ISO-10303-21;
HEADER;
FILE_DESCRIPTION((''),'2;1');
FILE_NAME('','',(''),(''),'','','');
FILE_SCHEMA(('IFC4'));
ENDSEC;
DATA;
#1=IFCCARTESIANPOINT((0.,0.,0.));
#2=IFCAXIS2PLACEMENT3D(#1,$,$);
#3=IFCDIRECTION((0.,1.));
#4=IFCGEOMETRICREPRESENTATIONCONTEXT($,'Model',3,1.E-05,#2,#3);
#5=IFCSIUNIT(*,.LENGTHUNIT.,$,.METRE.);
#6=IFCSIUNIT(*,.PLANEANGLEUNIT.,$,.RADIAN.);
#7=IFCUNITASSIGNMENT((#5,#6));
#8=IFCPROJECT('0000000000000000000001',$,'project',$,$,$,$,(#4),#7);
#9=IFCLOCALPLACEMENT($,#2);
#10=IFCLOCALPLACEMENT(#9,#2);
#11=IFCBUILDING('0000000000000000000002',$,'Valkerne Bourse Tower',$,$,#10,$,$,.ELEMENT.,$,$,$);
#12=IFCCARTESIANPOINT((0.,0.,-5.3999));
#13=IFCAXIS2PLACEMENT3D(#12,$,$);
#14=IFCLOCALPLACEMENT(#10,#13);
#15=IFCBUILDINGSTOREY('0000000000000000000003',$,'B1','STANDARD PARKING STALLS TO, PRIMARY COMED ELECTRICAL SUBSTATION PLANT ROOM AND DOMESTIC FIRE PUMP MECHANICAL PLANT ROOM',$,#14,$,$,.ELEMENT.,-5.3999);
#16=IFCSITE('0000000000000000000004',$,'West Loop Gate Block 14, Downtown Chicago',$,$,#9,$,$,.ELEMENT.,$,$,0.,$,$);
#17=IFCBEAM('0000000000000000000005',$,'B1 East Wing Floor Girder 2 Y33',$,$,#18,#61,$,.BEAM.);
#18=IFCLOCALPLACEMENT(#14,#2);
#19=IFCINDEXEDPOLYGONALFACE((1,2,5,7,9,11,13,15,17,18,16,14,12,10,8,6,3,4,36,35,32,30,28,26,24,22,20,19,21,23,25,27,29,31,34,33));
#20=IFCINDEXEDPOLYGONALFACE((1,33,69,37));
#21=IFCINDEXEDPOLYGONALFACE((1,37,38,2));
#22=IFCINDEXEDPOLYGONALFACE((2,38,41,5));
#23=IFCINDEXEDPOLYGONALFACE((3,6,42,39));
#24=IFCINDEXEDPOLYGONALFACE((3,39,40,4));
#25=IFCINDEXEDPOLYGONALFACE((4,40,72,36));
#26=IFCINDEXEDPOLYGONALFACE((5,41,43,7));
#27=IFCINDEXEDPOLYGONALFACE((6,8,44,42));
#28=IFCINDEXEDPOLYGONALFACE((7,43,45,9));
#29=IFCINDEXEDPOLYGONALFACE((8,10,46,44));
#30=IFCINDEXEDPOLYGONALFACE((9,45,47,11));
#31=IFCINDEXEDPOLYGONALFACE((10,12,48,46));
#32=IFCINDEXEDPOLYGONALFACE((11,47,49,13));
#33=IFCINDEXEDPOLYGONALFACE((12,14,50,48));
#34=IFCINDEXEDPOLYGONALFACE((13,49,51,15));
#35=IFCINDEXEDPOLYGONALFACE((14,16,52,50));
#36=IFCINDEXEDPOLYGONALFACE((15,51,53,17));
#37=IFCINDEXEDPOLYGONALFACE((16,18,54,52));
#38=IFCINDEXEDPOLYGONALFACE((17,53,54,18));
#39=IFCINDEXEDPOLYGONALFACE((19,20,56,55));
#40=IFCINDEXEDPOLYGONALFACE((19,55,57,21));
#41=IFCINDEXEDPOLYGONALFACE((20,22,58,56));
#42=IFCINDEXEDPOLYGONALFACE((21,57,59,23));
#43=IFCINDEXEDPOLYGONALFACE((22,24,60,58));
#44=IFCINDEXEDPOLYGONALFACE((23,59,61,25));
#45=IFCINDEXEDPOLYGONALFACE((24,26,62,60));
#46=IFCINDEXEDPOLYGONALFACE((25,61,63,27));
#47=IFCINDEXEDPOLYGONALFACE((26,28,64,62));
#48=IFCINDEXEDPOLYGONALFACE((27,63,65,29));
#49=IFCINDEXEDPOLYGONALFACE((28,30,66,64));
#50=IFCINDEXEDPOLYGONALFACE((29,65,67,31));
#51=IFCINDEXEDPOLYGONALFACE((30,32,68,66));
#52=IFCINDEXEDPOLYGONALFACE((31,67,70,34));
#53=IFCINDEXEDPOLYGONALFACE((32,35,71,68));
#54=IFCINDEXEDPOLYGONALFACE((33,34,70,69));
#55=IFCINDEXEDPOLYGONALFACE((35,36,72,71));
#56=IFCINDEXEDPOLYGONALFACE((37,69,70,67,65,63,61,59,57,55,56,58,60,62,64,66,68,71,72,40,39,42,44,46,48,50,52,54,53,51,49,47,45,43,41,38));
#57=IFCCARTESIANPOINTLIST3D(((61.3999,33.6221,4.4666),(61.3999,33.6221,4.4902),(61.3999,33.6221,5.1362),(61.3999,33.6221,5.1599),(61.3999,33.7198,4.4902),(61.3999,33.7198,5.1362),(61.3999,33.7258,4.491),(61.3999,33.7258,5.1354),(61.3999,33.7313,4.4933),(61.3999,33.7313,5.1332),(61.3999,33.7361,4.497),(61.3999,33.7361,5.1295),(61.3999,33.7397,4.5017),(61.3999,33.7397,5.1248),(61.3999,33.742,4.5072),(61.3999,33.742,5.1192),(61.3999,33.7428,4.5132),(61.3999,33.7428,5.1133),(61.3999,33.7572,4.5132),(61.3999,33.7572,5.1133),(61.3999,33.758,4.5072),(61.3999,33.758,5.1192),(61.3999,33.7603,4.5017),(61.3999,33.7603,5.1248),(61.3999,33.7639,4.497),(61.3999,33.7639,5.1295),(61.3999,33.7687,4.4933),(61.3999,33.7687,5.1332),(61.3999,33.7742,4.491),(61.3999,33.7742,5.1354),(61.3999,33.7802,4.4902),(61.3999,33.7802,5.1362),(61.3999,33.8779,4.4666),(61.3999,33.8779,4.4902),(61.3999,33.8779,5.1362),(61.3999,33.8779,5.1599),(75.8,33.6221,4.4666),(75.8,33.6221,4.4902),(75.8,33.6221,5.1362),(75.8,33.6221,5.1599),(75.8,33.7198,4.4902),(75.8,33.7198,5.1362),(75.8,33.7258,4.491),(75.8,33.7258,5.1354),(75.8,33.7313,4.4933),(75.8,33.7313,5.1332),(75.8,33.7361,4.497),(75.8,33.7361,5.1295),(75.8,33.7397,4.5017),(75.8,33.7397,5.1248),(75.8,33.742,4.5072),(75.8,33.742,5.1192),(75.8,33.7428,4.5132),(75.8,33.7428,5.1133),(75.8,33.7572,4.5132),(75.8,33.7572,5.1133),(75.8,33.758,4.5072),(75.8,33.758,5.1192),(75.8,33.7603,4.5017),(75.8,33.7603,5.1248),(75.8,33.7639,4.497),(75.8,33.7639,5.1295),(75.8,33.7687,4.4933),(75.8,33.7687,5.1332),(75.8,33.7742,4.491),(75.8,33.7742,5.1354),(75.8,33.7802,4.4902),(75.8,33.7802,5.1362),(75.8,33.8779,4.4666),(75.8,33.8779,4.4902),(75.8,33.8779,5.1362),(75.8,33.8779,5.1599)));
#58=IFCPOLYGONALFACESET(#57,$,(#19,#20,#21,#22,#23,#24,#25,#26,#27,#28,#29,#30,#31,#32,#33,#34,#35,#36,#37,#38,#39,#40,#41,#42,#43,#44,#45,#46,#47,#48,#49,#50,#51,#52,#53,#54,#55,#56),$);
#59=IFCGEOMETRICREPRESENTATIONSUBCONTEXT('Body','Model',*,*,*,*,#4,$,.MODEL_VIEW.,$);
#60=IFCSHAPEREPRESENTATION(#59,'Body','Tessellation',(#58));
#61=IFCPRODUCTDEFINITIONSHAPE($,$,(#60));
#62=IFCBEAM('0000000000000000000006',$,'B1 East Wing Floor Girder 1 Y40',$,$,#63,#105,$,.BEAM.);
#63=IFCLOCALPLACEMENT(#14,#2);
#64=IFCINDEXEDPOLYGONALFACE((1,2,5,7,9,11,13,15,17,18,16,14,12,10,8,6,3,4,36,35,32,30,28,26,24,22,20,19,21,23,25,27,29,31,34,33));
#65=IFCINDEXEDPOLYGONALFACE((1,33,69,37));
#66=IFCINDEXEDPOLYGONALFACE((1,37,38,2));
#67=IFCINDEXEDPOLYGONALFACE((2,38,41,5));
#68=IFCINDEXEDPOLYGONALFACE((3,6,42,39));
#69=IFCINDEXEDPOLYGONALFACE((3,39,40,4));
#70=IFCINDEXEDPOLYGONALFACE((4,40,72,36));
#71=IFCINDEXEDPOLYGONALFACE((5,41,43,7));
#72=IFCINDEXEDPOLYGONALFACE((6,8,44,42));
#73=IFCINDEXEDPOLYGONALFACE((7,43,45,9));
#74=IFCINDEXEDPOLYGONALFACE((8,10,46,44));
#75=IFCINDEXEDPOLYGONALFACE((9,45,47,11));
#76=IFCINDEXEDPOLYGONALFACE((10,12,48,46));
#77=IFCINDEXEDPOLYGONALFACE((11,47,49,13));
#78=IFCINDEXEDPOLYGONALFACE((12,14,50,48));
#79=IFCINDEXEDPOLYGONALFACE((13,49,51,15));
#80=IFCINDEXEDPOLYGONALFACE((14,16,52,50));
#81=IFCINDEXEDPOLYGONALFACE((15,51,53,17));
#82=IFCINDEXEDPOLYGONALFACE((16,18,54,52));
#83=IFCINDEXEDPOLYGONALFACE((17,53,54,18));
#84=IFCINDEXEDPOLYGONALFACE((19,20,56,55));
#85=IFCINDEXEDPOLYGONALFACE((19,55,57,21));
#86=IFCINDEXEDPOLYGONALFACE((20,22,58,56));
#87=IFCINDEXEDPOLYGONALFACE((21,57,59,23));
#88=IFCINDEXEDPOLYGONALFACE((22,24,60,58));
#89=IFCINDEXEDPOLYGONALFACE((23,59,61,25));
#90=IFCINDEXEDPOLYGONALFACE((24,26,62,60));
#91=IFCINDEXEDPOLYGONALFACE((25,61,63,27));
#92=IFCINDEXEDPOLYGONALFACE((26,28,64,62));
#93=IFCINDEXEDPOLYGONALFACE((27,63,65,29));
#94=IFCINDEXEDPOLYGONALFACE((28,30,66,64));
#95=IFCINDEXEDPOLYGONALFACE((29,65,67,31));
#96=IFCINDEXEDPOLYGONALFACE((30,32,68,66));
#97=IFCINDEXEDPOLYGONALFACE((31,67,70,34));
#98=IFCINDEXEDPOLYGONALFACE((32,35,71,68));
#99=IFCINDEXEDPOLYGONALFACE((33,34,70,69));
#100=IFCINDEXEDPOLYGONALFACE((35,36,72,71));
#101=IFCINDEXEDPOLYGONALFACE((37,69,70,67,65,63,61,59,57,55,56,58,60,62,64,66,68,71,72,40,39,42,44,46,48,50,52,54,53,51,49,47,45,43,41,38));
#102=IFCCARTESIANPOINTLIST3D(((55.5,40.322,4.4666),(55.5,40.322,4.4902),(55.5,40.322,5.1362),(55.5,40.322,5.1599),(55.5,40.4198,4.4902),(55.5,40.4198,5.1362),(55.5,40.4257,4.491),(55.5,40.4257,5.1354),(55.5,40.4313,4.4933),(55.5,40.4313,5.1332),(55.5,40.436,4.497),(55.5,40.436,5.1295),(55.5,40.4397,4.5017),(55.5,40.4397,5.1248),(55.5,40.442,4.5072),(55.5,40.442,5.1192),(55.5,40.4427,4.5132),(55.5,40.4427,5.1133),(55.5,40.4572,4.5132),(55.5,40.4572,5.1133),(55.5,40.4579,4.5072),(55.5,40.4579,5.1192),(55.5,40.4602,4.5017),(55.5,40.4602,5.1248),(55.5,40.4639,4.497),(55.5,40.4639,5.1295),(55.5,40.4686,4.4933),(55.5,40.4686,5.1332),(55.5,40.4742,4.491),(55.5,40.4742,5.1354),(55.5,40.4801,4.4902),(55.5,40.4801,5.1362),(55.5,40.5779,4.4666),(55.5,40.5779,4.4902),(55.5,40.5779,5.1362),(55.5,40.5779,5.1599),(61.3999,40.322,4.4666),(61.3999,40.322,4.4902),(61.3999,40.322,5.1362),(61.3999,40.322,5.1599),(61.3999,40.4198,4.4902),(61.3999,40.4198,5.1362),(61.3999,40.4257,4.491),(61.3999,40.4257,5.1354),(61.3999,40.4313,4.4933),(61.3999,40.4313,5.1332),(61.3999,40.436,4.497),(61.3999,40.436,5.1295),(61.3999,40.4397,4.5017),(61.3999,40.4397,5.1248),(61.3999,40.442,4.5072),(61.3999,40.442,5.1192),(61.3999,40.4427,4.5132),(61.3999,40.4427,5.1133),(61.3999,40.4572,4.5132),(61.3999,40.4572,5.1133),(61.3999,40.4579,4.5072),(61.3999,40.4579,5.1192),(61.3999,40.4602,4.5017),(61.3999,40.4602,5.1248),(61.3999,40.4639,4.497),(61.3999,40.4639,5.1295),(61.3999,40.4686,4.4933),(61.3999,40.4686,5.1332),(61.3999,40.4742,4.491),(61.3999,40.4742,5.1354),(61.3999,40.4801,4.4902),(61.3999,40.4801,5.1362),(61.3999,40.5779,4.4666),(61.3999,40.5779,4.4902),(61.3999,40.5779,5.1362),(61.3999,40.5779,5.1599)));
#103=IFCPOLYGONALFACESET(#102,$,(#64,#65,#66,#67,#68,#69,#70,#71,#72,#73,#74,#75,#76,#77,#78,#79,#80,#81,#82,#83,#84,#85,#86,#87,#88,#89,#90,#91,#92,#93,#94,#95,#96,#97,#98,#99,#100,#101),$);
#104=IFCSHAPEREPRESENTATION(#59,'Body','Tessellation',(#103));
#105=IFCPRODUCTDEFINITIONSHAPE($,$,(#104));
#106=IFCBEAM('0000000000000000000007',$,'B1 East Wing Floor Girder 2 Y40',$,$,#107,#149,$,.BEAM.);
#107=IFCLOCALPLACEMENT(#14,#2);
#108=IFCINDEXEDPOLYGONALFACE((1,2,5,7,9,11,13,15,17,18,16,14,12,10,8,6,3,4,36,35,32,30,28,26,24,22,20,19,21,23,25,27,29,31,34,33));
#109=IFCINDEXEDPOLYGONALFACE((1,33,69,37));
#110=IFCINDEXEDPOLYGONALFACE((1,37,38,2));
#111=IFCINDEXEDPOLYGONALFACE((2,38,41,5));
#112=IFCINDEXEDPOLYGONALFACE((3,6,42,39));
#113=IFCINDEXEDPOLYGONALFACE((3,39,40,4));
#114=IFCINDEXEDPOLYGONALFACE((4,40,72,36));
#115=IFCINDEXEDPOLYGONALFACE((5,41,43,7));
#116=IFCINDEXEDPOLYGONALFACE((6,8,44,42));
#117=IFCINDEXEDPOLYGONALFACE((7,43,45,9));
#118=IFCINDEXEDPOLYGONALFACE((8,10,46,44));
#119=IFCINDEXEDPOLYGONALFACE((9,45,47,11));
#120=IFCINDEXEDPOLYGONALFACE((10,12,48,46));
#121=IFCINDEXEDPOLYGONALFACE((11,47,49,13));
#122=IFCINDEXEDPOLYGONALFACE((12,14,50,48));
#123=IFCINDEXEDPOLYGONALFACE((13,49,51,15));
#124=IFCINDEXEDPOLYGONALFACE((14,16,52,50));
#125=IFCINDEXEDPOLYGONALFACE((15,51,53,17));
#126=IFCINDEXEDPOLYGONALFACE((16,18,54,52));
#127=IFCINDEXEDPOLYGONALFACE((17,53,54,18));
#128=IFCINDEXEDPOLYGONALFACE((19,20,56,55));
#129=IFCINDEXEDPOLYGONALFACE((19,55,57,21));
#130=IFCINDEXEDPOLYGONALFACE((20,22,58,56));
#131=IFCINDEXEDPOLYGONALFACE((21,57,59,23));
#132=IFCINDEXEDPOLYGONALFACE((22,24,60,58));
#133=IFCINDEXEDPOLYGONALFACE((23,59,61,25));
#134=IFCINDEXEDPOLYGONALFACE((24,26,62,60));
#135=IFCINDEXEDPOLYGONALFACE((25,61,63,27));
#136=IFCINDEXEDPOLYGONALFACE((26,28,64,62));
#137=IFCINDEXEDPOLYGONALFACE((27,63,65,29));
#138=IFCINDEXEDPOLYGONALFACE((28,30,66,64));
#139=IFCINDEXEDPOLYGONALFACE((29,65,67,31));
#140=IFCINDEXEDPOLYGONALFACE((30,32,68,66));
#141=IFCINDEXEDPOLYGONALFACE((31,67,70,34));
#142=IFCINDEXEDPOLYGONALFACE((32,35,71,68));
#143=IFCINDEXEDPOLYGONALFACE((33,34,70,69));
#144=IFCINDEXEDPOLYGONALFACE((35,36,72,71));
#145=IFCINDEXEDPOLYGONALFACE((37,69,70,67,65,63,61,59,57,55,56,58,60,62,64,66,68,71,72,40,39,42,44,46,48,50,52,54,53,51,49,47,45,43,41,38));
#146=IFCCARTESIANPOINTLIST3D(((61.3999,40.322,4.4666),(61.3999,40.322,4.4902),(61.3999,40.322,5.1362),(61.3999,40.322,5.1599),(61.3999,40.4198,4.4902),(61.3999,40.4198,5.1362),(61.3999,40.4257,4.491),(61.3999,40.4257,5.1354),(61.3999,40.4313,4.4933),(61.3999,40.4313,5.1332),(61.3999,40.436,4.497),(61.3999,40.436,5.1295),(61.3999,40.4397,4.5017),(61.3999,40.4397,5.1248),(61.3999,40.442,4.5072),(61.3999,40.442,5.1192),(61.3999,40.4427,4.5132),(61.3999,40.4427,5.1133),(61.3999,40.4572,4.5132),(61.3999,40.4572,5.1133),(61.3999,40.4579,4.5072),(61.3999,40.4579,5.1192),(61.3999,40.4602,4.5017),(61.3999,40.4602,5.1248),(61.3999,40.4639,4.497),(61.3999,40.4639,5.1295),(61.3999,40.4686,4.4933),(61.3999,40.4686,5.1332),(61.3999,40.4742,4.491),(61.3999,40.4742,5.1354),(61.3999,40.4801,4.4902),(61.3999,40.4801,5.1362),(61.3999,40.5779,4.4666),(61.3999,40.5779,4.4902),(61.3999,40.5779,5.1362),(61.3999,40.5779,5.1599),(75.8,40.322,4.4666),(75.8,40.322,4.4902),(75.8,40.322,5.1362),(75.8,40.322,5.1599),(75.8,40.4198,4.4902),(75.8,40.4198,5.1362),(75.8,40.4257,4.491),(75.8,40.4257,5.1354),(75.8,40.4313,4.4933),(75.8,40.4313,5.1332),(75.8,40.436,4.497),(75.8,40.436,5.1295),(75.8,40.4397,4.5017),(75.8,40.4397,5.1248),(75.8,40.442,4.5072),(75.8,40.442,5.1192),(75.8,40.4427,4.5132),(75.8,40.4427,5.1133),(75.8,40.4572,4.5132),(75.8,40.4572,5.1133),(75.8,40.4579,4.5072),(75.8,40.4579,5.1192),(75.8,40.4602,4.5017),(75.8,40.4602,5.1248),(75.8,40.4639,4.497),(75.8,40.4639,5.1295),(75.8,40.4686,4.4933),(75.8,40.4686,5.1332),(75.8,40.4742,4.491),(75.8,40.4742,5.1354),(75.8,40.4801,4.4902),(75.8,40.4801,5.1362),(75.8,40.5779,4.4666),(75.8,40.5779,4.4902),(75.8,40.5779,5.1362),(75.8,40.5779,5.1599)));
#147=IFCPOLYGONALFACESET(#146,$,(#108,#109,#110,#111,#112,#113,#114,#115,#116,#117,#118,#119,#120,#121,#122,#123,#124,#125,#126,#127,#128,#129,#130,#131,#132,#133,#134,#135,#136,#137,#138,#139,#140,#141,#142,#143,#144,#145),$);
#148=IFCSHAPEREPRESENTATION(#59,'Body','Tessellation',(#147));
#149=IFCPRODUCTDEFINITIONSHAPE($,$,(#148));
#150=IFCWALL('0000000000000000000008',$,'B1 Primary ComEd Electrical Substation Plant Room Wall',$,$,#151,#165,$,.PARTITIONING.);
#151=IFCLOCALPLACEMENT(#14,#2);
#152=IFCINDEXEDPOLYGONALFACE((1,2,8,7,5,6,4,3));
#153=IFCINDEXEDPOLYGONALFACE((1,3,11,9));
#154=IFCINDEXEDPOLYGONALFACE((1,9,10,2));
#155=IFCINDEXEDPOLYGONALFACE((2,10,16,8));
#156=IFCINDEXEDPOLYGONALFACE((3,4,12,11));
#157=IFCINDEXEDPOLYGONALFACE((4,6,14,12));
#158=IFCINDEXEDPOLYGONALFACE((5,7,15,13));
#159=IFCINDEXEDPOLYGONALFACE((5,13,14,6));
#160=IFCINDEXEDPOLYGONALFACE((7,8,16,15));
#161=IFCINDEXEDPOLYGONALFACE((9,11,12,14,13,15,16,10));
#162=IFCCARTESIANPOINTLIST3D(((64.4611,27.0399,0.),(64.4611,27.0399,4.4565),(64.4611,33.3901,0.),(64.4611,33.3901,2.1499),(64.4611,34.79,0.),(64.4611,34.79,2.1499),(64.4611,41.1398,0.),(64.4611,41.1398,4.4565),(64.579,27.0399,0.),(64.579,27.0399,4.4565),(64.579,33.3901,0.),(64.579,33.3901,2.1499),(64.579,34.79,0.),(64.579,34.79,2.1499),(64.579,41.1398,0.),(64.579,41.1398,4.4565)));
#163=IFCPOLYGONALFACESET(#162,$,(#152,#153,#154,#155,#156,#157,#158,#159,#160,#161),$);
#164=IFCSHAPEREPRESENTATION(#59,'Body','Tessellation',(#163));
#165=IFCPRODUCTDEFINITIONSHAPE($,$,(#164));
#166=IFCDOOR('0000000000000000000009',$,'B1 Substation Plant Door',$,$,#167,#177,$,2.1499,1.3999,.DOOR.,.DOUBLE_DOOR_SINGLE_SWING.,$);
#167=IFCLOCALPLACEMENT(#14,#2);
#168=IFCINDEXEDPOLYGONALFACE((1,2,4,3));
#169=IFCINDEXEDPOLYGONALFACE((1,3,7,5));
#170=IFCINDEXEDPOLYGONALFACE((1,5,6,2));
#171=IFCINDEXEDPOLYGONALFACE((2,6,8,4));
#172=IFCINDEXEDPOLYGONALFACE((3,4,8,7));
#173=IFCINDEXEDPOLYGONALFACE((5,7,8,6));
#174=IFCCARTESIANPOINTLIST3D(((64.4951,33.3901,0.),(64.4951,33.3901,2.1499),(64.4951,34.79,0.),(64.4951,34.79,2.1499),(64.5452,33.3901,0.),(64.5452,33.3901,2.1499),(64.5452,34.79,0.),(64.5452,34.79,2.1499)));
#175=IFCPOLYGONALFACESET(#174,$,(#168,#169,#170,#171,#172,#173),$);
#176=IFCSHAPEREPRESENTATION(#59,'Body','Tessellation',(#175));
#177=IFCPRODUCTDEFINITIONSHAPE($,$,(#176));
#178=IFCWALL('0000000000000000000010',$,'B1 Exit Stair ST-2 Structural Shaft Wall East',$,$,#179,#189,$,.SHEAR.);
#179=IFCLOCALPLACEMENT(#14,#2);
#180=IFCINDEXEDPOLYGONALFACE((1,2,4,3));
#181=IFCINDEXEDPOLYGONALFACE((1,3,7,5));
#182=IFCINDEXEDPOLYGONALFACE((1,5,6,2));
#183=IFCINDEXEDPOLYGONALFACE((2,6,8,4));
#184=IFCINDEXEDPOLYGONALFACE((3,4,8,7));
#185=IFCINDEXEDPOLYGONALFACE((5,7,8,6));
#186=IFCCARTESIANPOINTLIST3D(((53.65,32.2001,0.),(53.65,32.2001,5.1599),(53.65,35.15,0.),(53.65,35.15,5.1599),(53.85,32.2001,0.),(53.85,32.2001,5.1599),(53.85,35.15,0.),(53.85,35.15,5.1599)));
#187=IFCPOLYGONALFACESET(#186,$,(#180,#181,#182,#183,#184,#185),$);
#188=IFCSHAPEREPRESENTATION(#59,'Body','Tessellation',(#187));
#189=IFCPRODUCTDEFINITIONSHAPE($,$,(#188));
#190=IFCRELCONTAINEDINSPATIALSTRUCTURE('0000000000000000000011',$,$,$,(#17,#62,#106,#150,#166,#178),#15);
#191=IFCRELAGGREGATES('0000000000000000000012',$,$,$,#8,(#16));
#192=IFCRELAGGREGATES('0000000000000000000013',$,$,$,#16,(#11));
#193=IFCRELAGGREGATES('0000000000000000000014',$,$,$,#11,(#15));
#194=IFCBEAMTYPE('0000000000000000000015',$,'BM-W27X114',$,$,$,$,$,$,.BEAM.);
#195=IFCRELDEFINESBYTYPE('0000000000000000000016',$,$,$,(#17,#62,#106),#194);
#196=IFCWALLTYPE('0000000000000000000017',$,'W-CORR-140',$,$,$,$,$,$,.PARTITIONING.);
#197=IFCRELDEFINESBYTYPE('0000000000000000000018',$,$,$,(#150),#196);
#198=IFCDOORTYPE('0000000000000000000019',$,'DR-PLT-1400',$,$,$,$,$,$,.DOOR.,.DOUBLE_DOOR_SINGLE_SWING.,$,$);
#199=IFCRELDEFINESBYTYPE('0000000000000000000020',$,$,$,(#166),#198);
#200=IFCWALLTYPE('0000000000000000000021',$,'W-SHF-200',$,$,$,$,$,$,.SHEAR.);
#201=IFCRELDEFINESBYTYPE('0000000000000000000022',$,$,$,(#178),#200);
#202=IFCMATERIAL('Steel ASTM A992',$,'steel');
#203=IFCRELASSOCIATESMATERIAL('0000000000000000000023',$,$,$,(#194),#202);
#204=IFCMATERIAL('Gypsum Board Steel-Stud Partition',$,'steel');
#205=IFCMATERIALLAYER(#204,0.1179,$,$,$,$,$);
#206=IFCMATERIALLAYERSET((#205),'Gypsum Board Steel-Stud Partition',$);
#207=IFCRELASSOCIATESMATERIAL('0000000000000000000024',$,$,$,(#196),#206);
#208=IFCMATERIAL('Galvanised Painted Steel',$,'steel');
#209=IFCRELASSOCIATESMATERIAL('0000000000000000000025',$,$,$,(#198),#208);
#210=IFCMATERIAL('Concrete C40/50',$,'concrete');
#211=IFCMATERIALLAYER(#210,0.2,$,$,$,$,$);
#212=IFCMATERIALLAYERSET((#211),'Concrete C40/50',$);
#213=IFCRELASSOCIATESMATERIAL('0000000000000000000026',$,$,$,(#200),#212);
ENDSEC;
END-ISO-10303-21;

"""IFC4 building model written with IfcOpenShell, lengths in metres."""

from ifc_helpers import new_model, si_unit, direction, frame, frame_2d, origin, origin_2d, place, context, subcontext, project, spatial, rectangle, i_section, extrude, material, layer, layer_set, material_profile, profile_set, type_object, element, fill, save


model = new_model("IFC4")

# Units and contexts
model_context = context("Model", 3, precision=1e-05, world=origin(), true_north=direction((0.0, 1.0)))
body_context = subcontext(model_context, "Body", "Model", "MODEL_VIEW")
ifc_project = project(units=[si_unit("LENGTHUNIT", "METRE"), si_unit("PLANEANGLEUNIT", "RADIAN")], contexts=[model_context])

# Site, building, storey
site_placement = place(None, origin())
site = spatial("IfcSite", under=ifc_project, at=site_placement, Name="West Loop Gate Block 14, Downtown Chicago", CompositionType="ELEMENT", RefElevation=0.0)
building_placement = place(site_placement, origin())
building = spatial("IfcBuilding", under=site, at=building_placement, Name="Valkerne Bourse Tower", CompositionType="ELEMENT")
storey_placement = place(building_placement, frame((0.0, 0.0, -5.3999)))
storey = spatial("IfcBuildingStorey", under=building, at=storey_placement, Name="B1", Description="STANDARD PARKING STALLS TO, PRIMARY COMED ELECTRICAL SUBSTATION PLANT ROOM AND DOMESTIC FIRE PUMP MECHANICAL PLANT ROOM", CompositionType="ELEMENT", Elevation=-5.3999)

# Beams
ifc_material_1 = material(Name="Steel ASTM A992", Category="steel")
ifc_material_profile_1 = material_profile(ifc_material_1, i_section(OverallWidth=0.2559, OverallDepth=0.6934, WebThickness=0.0144, FlangeThickness=0.0237, FilletRadius=0.0229, at=origin_2d()), Name="W27X114")
ifc_profile_set_1 = profile_set([ifc_material_profile_1], Name="Steel ASTM A992")
beam_type = type_object("IfcBeamType", Name="BM-W27X114", PredefinedType="BEAM", material=ifc_profile_set_1)
beam_1_placement = place(storey_placement, frame((61.3999, 33.75, 4.8132), z_axis=(1.0, 0.0, 0.0), x_axis=(0.0, 1.0, 0.0)))
element("IfcBeam", 1, at=beam_1_placement, inside=storey, type_object=beam_type, Name="B1 East Wing Floor Girder 2 Y33", PredefinedType="BEAM", context=body_context, shape_type="SweptSolid", body=[
    extrude(i_section(OverallWidth=0.2559, OverallDepth=0.6934, WebThickness=0.0144, FlangeThickness=0.0237, FilletRadius=0.0229, at=origin_2d()), origin(), (0.0, 0.0, 1.0), 14.4001),
])
beam_2_placement = place(storey_placement, frame((55.5, 40.45, 4.8132), z_axis=(1.0, 0.0, 0.0), x_axis=(0.0, 1.0, 0.0)))
element("IfcBeam", 2, at=beam_2_placement, inside=storey, type_object=beam_type, Name="B1 East Wing Floor Girder 1 Y40", PredefinedType="BEAM", context=body_context, shape_type="SweptSolid", body=[
    extrude(i_section(OverallWidth=0.2559, OverallDepth=0.6934, WebThickness=0.0144, FlangeThickness=0.0237, FilletRadius=0.0229, at=origin_2d()), origin(), (0.0, 0.0, 1.0), 5.8999),
])
beam_3_placement = place(storey_placement, frame((61.3999, 40.45, 4.8132), z_axis=(1.0, 0.0, 0.0), x_axis=(0.0, 1.0, 0.0)))
element("IfcBeam", 3, at=beam_3_placement, inside=storey, type_object=beam_type, Name="B1 East Wing Floor Girder 2 Y40", PredefinedType="BEAM", context=body_context, shape_type="SweptSolid", body=[
    extrude(i_section(OverallWidth=0.2559, OverallDepth=0.6934, WebThickness=0.0144, FlangeThickness=0.0237, FilletRadius=0.0229, at=origin_2d()), origin(), (0.0, 0.0, 1.0), 14.4001),
])

# Wall, opening, door
ifc_material_2 = material(Name="Gypsum Board Steel-Stud Partition", Category="steel")
ifc_layer_1 = layer(ifc_material_2, 0.1179)
ifc_layer_set_1 = layer_set([ifc_layer_1], Name="Gypsum Board Steel-Stud Partition")
wall_type_1 = type_object("IfcWallType", Name="W-CORR-140", PredefinedType="PARTITIONING", material=ifc_layer_set_1)
wall_1_placement = place(storey_placement, frame((64.52, 27.04, 0.0), z_axis=(0.0, 0.0, 1.0), x_axis=(0.0, 1.0, 0.0)))
wall_1 = element("IfcWall", 4, at=wall_1_placement, inside=storey, type_object=wall_type_1, Name="B1 Primary ComEd Electrical Substation Plant Room Wall", PredefinedType="PARTITIONING", context=body_context, shape_type="SweptSolid", body=[
    extrude(rectangle(XDim=14.0999, YDim=0.1179, at=frame_2d((7.0498, 0.0))), origin(), (0.0, 0.0, 1.0), 4.4565),
])
opening_placement = place(wall_1_placement, frame((6.3501, 0.0, 0.0)))
opening = element("IfcOpeningElement", 5, at=opening_placement, cuts=wall_1, PredefinedType="OPENING", context=body_context, shape_type="SweptSolid", body=[
    extrude(rectangle(XDim=1.3999, YDim=2.1499, at=frame_2d((0.7, 1.075))), frame((0.0, 0.0688, 0.0), z_axis=(0.0, -1.0, 0.0), x_axis=(1.0, 0.0, 0.0)), (0.0, 0.0, 1.0), 0.1379),
])
ifc_material_3 = material(Name="Galvanised Painted Steel", Category="steel")
door_type = type_object("IfcDoorType", Name="DR-PLT-1400", OperationType="DOUBLE_DOOR_SINGLE_SWING", PredefinedType="DOOR", material=ifc_material_3)
door_placement = place(opening_placement, origin())
door = element("IfcDoor", 6, at=door_placement, inside=storey, type_object=door_type, Name="B1 Substation Plant Door", OperationType="DOUBLE_DOOR_SINGLE_SWING", OverallHeight=2.1499, OverallWidth=1.3999, PredefinedType="DOOR", context=body_context, shape_type="SweptSolid", body=[
    extrude(rectangle(XDim=1.3999, YDim=2.1499, at=frame_2d((0.7, 1.075))), frame((0.0, 0.0249, 0.0), z_axis=(0.0, -1.0, 0.0), x_axis=(1.0, 0.0, 0.0)), (0.0, 0.0, 1.0), 0.05),
])
fill(opening, door)

# Wall
ifc_material_4 = material(Name="Concrete C40/50", Category="concrete")
ifc_layer_2 = layer(ifc_material_4, 0.2)
ifc_layer_set_2 = layer_set([ifc_layer_2], Name="Concrete C40/50")
wall_type_2 = type_object("IfcWallType", Name="W-SHF-200", PredefinedType="SHEAR", material=ifc_layer_set_2)
wall_2_placement = place(storey_placement, frame((53.75, 32.2, 0.0), z_axis=(0.0, 0.0, 1.0), x_axis=(0.0, 1.0, 0.0)))
element("IfcWall", 7, at=wall_2_placement, inside=storey, type_object=wall_type_2, Name="B1 Exit Stair ST-2 Structural Shaft Wall East", PredefinedType="SHEAR", context=body_context, shape_type="SweptSolid", body=[
    extrude(rectangle(XDim=2.95, YDim=0.2, at=frame_2d((1.4751, 0.0))), origin(), (0.0, 0.0, 1.0), 5.1599),
])

save(model, "model.ifc")
